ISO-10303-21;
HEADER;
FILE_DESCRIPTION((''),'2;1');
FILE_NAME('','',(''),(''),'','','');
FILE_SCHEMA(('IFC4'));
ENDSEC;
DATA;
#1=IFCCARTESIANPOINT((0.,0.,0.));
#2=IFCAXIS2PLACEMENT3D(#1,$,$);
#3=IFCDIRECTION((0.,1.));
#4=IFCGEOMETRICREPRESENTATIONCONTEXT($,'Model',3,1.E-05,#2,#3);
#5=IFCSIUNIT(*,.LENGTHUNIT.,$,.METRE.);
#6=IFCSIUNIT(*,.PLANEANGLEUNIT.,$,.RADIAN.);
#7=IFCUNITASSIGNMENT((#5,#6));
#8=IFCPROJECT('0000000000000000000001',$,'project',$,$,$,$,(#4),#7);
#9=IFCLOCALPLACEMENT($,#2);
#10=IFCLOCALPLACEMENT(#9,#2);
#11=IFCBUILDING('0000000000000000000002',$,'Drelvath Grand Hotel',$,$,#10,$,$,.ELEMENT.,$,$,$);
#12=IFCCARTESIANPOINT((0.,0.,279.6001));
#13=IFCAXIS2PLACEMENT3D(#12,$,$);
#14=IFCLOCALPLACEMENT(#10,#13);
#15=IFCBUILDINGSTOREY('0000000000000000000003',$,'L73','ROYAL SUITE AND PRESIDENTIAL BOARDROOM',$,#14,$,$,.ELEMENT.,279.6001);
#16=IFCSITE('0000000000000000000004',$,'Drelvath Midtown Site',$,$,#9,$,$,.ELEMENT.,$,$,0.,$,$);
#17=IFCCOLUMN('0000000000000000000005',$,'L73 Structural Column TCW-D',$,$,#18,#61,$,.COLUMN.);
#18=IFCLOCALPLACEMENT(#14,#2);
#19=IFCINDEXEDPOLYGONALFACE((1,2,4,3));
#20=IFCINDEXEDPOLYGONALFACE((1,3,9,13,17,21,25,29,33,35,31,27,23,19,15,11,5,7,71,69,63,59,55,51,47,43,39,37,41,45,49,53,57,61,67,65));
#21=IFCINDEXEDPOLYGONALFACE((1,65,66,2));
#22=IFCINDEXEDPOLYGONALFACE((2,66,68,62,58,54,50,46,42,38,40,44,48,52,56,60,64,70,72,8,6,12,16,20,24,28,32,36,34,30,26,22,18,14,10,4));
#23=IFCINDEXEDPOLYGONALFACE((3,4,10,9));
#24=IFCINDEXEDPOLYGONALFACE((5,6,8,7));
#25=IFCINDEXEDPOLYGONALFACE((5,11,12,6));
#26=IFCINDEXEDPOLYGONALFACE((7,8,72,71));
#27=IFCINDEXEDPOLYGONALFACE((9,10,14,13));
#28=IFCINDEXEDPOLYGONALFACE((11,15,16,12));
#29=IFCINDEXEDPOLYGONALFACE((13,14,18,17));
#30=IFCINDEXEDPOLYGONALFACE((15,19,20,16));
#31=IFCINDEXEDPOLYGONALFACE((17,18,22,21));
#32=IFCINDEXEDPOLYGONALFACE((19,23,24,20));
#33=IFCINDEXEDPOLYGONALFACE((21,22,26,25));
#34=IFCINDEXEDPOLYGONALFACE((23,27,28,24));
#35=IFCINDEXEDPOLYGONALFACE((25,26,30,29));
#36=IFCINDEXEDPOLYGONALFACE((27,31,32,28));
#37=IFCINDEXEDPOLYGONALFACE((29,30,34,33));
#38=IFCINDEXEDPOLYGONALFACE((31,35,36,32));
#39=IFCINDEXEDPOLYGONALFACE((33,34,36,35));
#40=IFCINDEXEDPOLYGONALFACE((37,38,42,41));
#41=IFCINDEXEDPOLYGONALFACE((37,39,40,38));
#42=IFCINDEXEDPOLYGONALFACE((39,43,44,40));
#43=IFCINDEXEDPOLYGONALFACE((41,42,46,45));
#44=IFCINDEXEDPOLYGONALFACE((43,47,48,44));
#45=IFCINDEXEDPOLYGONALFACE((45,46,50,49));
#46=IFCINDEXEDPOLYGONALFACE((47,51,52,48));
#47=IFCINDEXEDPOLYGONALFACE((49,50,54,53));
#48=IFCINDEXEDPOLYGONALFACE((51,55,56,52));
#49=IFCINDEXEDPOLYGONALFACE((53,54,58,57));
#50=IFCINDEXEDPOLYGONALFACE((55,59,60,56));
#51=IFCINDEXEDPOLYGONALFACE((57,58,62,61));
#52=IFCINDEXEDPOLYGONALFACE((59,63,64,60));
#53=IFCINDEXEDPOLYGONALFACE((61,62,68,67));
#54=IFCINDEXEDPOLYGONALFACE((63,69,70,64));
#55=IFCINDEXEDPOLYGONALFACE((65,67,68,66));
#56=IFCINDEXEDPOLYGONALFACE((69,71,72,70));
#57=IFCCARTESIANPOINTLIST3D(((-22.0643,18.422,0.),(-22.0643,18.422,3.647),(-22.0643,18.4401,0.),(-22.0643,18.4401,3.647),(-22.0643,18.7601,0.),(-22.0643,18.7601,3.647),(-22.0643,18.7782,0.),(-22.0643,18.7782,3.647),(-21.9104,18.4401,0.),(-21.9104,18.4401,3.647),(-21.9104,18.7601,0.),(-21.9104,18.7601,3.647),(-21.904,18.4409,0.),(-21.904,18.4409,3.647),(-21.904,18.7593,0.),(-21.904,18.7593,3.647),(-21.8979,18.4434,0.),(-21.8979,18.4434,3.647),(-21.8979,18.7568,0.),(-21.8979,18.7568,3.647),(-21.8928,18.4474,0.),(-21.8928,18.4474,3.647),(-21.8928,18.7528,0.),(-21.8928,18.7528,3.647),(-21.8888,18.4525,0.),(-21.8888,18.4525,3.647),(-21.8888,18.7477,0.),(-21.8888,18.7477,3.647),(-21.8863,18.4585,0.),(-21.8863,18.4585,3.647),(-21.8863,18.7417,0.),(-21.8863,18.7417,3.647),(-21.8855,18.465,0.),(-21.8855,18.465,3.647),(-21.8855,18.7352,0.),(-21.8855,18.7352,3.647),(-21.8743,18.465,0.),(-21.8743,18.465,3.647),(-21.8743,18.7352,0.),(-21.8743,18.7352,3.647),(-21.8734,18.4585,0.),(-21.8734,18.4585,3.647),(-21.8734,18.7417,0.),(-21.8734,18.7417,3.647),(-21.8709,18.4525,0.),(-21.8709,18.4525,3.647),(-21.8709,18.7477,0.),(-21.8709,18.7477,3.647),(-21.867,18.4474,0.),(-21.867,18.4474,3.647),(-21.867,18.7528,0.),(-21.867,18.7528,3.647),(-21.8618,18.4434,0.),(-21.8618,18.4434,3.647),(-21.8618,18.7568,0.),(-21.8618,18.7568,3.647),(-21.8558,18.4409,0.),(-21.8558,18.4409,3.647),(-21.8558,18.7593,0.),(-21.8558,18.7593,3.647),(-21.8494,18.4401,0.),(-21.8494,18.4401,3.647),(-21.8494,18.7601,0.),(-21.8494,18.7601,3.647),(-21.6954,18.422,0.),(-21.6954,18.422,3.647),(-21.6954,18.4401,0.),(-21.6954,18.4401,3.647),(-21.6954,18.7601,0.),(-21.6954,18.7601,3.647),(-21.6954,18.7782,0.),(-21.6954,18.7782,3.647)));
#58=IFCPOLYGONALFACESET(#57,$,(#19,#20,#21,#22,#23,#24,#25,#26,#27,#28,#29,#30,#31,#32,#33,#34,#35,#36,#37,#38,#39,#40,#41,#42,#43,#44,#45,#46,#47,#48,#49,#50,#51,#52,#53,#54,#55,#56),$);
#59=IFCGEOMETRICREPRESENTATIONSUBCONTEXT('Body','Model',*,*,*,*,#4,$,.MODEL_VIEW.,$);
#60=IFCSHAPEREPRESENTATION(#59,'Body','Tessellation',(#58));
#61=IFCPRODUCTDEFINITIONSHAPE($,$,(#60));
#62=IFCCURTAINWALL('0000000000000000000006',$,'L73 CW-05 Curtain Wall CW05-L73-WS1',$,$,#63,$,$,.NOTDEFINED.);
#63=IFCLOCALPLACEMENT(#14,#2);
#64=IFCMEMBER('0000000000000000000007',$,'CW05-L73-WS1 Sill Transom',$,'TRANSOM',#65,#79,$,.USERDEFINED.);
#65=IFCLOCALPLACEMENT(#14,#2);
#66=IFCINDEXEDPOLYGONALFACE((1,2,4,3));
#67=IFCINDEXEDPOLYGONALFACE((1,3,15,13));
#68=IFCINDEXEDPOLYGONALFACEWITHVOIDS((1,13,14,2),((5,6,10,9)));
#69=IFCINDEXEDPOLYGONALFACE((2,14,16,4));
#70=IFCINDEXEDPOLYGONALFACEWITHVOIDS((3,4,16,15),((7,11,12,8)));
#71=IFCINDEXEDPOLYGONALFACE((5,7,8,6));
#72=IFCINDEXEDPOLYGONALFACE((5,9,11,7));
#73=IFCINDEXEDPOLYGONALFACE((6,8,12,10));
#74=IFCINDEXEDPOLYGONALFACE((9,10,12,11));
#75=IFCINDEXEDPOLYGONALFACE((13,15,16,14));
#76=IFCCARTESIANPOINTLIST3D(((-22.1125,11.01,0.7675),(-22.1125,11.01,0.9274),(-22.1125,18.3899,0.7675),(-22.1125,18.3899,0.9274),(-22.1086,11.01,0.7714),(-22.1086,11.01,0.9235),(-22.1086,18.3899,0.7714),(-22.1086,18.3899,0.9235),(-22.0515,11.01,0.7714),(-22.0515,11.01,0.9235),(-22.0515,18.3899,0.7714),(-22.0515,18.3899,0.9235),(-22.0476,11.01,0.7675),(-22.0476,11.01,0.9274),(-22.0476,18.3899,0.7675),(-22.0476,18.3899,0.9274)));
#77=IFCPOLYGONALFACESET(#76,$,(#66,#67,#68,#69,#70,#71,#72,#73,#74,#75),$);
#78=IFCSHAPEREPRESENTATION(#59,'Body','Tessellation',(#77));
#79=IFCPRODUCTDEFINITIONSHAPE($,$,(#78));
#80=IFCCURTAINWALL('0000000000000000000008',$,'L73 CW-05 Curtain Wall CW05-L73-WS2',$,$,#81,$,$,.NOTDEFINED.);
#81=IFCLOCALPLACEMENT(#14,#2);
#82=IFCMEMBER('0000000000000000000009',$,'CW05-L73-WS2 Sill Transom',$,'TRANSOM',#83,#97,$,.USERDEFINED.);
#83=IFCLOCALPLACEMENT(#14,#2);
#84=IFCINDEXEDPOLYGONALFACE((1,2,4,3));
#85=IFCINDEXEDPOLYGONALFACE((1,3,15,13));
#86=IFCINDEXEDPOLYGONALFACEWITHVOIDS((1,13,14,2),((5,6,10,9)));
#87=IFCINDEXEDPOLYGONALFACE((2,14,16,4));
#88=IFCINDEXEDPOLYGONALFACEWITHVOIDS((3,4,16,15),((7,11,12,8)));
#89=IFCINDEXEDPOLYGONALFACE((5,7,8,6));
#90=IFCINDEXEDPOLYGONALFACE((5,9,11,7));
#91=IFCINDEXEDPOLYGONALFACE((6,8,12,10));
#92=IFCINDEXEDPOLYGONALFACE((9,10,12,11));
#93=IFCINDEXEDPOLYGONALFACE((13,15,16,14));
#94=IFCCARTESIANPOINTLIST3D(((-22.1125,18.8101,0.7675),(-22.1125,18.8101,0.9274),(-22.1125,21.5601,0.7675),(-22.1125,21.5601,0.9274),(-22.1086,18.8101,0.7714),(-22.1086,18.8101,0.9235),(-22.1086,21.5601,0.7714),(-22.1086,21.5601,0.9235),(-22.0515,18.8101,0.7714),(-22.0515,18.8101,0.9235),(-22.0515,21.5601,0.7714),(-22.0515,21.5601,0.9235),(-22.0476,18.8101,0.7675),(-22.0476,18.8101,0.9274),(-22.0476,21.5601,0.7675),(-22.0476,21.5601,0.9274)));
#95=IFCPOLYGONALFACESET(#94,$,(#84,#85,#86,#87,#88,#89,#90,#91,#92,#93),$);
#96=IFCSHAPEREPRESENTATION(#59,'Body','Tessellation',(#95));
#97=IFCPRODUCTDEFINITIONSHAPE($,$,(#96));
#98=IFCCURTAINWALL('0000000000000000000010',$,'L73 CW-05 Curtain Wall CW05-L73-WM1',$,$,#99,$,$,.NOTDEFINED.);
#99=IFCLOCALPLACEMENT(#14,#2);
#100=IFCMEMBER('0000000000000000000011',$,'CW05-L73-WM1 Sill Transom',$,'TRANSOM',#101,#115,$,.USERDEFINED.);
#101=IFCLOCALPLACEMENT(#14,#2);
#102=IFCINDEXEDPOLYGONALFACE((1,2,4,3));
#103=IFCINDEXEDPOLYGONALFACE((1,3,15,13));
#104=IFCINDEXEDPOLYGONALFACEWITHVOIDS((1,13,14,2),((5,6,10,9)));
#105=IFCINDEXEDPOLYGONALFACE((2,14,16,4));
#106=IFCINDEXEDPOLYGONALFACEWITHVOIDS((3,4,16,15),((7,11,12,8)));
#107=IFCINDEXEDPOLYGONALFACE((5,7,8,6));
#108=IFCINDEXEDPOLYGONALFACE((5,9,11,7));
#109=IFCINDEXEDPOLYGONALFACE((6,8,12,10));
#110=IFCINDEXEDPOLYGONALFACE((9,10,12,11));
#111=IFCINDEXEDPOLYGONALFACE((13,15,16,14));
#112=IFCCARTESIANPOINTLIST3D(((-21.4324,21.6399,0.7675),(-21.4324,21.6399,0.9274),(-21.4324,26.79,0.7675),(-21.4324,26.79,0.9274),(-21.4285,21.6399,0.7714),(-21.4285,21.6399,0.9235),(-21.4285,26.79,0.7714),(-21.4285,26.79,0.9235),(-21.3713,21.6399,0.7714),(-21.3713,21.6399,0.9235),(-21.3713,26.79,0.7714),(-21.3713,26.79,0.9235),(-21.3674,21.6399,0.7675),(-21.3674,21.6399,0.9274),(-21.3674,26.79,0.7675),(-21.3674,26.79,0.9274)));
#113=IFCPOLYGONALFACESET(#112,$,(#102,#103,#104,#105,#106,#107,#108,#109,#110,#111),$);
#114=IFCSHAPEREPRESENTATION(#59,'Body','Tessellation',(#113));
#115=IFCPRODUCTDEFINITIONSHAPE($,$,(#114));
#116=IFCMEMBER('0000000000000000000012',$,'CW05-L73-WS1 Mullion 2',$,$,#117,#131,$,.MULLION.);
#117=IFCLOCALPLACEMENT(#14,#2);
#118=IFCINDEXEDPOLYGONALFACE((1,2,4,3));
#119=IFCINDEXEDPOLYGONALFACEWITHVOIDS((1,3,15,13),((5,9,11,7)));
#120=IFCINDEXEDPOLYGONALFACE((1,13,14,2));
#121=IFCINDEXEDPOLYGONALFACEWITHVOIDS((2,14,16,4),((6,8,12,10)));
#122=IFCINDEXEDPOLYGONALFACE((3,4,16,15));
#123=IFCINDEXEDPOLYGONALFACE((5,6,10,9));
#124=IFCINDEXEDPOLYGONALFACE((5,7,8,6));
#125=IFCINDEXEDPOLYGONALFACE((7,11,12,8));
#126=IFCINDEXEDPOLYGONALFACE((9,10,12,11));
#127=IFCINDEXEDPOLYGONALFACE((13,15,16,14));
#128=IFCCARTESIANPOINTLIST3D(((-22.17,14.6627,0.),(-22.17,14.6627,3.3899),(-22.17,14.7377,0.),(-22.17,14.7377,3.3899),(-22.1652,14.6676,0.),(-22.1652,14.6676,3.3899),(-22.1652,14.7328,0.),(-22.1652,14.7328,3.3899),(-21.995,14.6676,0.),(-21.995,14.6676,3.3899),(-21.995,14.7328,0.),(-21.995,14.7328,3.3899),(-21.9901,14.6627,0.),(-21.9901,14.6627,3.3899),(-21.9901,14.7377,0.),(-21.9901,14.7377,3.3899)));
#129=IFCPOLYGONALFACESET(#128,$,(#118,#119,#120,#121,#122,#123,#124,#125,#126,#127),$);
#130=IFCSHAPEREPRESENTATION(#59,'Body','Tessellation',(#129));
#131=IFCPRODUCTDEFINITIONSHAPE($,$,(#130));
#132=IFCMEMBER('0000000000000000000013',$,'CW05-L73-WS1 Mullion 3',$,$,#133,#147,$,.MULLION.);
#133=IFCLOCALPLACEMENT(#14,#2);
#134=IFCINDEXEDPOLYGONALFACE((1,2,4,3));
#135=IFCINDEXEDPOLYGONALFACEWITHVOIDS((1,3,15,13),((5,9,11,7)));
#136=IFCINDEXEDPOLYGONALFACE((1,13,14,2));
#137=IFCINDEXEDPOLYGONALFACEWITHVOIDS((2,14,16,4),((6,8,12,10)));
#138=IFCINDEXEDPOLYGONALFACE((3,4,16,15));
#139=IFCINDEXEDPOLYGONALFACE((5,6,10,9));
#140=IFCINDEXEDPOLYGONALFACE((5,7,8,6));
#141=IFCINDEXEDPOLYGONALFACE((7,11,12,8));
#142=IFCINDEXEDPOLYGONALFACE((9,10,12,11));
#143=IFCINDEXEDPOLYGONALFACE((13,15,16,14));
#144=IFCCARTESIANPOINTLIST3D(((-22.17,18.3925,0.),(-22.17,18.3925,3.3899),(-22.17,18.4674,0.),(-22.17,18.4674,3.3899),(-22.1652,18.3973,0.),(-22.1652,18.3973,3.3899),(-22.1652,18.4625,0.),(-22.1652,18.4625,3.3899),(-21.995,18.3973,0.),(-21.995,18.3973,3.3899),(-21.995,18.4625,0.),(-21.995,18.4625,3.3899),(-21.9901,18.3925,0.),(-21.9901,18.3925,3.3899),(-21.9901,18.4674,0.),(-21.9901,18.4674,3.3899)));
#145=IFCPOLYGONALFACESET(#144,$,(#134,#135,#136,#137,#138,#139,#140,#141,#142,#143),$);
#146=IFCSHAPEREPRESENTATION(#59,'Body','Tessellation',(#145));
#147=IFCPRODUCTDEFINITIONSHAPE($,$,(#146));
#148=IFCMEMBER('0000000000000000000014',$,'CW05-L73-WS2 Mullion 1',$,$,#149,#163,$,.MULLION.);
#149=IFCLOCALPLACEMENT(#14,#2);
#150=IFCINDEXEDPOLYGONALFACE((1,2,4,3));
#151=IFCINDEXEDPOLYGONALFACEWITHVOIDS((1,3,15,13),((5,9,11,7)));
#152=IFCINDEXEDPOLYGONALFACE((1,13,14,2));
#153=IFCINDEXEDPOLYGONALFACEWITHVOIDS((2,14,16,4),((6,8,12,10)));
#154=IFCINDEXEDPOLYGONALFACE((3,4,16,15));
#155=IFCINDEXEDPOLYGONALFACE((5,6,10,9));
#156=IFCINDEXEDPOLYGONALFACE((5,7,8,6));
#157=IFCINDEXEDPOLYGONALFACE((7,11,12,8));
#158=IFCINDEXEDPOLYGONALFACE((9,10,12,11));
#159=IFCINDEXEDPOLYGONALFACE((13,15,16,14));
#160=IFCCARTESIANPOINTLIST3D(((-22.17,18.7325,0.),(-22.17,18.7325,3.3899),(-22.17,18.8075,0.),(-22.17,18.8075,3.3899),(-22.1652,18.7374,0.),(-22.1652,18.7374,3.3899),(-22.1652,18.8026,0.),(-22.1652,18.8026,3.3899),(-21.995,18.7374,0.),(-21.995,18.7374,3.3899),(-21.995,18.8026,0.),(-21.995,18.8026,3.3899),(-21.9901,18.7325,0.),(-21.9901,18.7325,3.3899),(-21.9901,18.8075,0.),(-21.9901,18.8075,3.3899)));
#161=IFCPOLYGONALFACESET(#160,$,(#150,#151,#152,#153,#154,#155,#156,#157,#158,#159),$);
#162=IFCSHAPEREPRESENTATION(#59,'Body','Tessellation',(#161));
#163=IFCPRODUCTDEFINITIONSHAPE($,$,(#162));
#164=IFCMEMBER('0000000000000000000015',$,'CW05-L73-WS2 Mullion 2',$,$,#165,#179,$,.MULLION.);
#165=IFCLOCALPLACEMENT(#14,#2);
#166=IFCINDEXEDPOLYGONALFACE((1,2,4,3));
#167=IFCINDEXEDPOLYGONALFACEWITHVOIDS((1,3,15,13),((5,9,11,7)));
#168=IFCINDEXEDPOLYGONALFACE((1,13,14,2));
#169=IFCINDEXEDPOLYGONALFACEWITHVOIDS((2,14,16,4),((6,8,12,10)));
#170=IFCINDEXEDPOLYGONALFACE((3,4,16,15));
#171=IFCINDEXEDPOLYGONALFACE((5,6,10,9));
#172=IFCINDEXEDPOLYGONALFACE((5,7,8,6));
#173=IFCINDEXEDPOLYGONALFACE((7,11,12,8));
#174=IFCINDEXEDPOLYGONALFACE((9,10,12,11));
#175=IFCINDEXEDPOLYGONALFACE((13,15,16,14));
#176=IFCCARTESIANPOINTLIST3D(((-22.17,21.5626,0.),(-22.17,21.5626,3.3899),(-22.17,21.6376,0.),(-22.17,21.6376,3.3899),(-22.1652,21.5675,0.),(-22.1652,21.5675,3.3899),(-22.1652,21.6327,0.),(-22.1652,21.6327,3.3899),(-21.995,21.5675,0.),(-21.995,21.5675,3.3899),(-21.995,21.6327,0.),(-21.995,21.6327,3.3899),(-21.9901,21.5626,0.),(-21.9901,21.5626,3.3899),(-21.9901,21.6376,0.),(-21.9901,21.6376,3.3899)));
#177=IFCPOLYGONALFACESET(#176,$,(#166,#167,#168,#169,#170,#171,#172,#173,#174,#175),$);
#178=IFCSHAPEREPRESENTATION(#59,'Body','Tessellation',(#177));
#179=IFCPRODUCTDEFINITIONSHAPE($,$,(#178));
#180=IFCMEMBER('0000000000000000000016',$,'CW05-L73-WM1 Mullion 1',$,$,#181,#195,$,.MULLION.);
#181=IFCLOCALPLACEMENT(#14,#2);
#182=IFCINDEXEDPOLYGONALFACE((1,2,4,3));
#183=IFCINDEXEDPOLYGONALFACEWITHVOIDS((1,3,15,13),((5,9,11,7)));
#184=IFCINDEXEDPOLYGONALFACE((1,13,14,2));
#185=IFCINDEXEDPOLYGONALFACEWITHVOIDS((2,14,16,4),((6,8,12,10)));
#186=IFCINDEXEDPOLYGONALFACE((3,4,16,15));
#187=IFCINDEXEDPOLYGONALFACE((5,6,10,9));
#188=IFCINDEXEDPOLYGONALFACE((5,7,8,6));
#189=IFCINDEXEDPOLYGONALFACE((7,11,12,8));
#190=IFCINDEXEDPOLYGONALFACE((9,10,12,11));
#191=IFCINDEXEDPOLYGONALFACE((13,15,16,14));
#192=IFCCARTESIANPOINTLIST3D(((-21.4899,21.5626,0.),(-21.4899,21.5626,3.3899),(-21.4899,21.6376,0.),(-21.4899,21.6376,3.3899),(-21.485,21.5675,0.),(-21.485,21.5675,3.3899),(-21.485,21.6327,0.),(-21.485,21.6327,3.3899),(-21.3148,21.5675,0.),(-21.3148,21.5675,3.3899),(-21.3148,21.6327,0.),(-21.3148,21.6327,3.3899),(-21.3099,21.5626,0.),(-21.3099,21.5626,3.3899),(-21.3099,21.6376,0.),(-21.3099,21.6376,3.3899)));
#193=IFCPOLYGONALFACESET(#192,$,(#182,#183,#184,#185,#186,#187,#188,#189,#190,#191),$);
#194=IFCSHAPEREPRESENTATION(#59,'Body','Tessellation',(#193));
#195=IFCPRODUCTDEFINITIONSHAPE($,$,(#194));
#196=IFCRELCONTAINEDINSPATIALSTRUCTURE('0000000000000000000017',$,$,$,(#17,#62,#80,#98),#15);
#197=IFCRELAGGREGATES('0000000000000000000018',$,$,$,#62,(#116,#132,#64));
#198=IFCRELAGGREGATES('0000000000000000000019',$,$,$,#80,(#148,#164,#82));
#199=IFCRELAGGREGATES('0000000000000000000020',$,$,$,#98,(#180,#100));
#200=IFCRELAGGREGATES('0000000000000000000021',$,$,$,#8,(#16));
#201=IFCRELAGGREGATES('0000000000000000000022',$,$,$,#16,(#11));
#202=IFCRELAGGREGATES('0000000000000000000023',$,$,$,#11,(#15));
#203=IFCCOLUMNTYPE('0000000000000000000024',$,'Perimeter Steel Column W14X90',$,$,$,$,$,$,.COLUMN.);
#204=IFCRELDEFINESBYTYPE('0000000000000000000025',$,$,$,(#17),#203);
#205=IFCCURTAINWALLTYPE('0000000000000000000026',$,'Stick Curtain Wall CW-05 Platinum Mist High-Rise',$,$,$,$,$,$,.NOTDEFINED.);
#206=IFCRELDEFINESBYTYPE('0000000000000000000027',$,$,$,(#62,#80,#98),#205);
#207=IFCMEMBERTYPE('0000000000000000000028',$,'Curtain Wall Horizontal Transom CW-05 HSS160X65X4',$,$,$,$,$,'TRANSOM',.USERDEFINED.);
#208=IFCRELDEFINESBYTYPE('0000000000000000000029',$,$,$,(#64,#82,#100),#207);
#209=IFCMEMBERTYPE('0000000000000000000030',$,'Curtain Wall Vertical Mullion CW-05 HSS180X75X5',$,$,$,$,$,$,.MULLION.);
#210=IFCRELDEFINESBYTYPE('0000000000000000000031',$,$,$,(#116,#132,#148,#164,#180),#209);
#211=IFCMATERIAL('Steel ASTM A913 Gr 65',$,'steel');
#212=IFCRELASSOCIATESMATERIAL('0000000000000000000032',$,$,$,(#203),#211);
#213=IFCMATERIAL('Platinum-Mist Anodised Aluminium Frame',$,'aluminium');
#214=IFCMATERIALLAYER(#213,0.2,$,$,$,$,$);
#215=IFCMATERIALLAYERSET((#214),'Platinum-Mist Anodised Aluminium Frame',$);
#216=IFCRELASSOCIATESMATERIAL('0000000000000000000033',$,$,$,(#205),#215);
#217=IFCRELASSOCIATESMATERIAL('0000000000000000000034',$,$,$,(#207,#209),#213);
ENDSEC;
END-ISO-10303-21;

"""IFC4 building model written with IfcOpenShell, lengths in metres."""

from ifc_helpers import new_model, si_unit, direction, frame, origin, origin_2d, place, context, subcontext, project, spatial, hollow_rectangle, i_section, extrude, material, layer, layer_set, material_profile, profile_set, type_object, element, aggregate, save


model = new_model("IFC4")

# Units and contexts
model_context = context("Model", 3, precision=1e-05, world=origin(), true_north=direction((0.0, 1.0)))
body_context = subcontext(model_context, "Body", "Model", "MODEL_VIEW")
ifc_project = project(units=[si_unit("LENGTHUNIT", "METRE"), si_unit("PLANEANGLEUNIT", "RADIAN")], contexts=[model_context])

# Site, building, storey
site_placement = place(None, origin())
site = spatial("IfcSite", under=ifc_project, at=site_placement, Name="Drelvath Midtown Site", CompositionType="ELEMENT", RefElevation=0.0)
building_placement = place(site_placement, origin())
building = spatial("IfcBuilding", under=site, at=building_placement, Name="Drelvath Grand Hotel", CompositionType="ELEMENT")
storey_placement = place(building_placement, frame((0.0, 0.0, 279.6001)))
storey = spatial("IfcBuildingStorey", under=building, at=storey_placement, Name="L73", Description="ROYAL SUITE AND PRESIDENTIAL BOARDROOM", CompositionType="ELEMENT", Elevation=279.6001)

# Column
ifc_material_1 = material(Name="Steel ASTM A913 Gr 65", Category="steel")
ifc_material_profile_1 = material_profile(ifc_material_1, i_section(OverallWidth=0.3689, OverallDepth=0.3562, WebThickness=0.0112, FlangeThickness=0.0181, FilletRadius=0.0249, at=origin_2d()), Name="W14X90")
ifc_profile_set_1 = profile_set([ifc_material_profile_1], Name="Steel ASTM A913 Gr 65")
column_type = type_object("IfcColumnType", Name="Perimeter Steel Column W14X90", PredefinedType="COLUMN", material=ifc_profile_set_1)
column_placement = place(storey_placement, frame((-21.8799, 18.6001, 0.0), z_axis=(0.0, 0.0, 1.0), x_axis=(1.0, 0.0, 0.0)))
element("IfcColumn", 1, at=column_placement, inside=storey, type_object=column_type, Name="L73 Structural Column TCW-D", PredefinedType="COLUMN", context=body_context, shape_type="SweptSolid", body=[
    extrude(i_section(OverallWidth=0.3689, OverallDepth=0.3562, WebThickness=0.0112, FlangeThickness=0.0181, FilletRadius=0.0249, at=origin_2d()), origin(), (0.0, 0.0, 1.0), 3.647),
])

# Curtain walls, members
ifc_material_2 = material(Name="Platinum-Mist Anodised Aluminium Frame", Category="aluminium")
ifc_layer_1 = layer(ifc_material_2, 0.2)
ifc_layer_set_1 = layer_set([ifc_layer_1], Name="Platinum-Mist Anodised Aluminium Frame")
curtain_wall_type = type_object("IfcCurtainWallType", Name="Stick Curtain Wall CW-05 Platinum Mist High-Rise", PredefinedType="NOTDEFINED", material=ifc_layer_set_1)
curtain_wall_1_placement = place(storey_placement, origin())
curtain_wall_1 = element("IfcCurtainWall", 2, at=curtain_wall_1_placement, inside=storey, type_object=curtain_wall_type, Name="L73 CW-05 Curtain Wall CW05-L73-WS1", PredefinedType="NOTDEFINED")
ifc_material_profile_2 = material_profile(ifc_material_2, hollow_rectangle(XDim=0.0649, YDim=0.1599, WallThickness=0.0039, at=origin_2d()), Name="HSS160X65X4")
ifc_profile_set_2 = profile_set([ifc_material_profile_2], Name="Platinum-Mist Anodised Aluminium Frame")
member_type_1 = type_object("IfcMemberType", Name="Curtain Wall Horizontal Transom CW-05 HSS160X65X4", ElementType="TRANSOM", PredefinedType="USERDEFINED", material=ifc_profile_set_2)
member_1_placement = place(storey_placement, frame((-22.0801, 11.01, 0.8474), z_axis=(0.0, 1.0, 0.0), x_axis=(-1.0, 0.0, 0.0)))
member_1 = element("IfcMember", 3, at=member_1_placement, type_object=member_type_1, Name="CW05-L73-WS1 Sill Transom", ObjectType="TRANSOM", PredefinedType="USERDEFINED", context=body_context, shape_type="SweptSolid", body=[
    extrude(hollow_rectangle(XDim=0.0649, YDim=0.1599, WallThickness=0.0039, at=origin_2d()), origin(), (0.0, 0.0, 1.0), 7.3799),
])
curtain_wall_2_placement = place(storey_placement, origin())
curtain_wall_2 = element("IfcCurtainWall", 4, at=curtain_wall_2_placement, inside=storey, type_object=curtain_wall_type, Name="L73 CW-05 Curtain Wall CW05-L73-WS2", PredefinedType="NOTDEFINED")
member_2_placement = place(storey_placement, frame((-22.0801, 18.8101, 0.8474), z_axis=(0.0, 1.0, 0.0), x_axis=(-1.0, 0.0, 0.0)))
member_2 = element("IfcMember", 5, at=member_2_placement, type_object=member_type_1, Name="CW05-L73-WS2 Sill Transom", ObjectType="TRANSOM", PredefinedType="USERDEFINED", context=body_context, shape_type="SweptSolid", body=[
    extrude(hollow_rectangle(XDim=0.0649, YDim=0.1599, WallThickness=0.0039, at=origin_2d()), origin(), (0.0, 0.0, 1.0), 2.75),
])
curtain_wall_3_placement = place(storey_placement, origin())
curtain_wall_3 = element("IfcCurtainWall", 6, at=curtain_wall_3_placement, inside=storey, type_object=curtain_wall_type, Name="L73 CW-05 Curtain Wall CW05-L73-WM1", PredefinedType="NOTDEFINED")
member_3_placement = place(storey_placement, frame((-21.3999, 21.6399, 0.8474), z_axis=(0.0, 1.0, 0.0), x_axis=(-1.0, 0.0, 0.0)))
member_3 = element("IfcMember", 7, at=member_3_placement, type_object=member_type_1, Name="CW05-L73-WM1 Sill Transom", ObjectType="TRANSOM", PredefinedType="USERDEFINED", context=body_context, shape_type="SweptSolid", body=[
    extrude(hollow_rectangle(XDim=0.0649, YDim=0.1599, WallThickness=0.0039, at=origin_2d()), origin(), (0.0, 0.0, 1.0), 5.1501),
])

# Members
ifc_material_profile_3 = material_profile(ifc_material_2, hollow_rectangle(XDim=0.075, YDim=0.1799, WallThickness=0.0049, at=origin_2d()), Name="HSS180X75X5")
ifc_profile_set_3 = profile_set([ifc_material_profile_3], Name="Platinum-Mist Anodised Aluminium Frame")
member_type_2 = type_object("IfcMemberType", Name="Curtain Wall Vertical Mullion CW-05 HSS180X75X5", PredefinedType="MULLION", material=ifc_profile_set_3)
member_4_placement = place(storey_placement, frame((-22.0801, 14.7002, 0.0), z_axis=(0.0, 0.0, 1.0), x_axis=(0.0, 1.0, 0.0)))
member_4 = element("IfcMember", 8, at=member_4_placement, type_object=member_type_2, Name="CW05-L73-WS1 Mullion 2", PredefinedType="MULLION", context=body_context, shape_type="SweptSolid", body=[
    extrude(hollow_rectangle(XDim=0.075, YDim=0.1799, WallThickness=0.0049, at=origin_2d()), origin(), (0.0, 0.0, 1.0), 3.3899),
])
member_5_placement = place(storey_placement, frame((-22.0801, 18.4299, 0.0), z_axis=(0.0, 0.0, 1.0), x_axis=(0.0, 1.0, 0.0)))
member_5 = element("IfcMember", 9, at=member_5_placement, type_object=member_type_2, Name="CW05-L73-WS1 Mullion 3", PredefinedType="MULLION", context=body_context, shape_type="SweptSolid", body=[
    extrude(hollow_rectangle(XDim=0.075, YDim=0.1799, WallThickness=0.0049, at=origin_2d()), origin(), (0.0, 0.0, 1.0), 3.3899),
])
member_6_placement = place(storey_placement, frame((-22.0801, 18.77, 0.0), z_axis=(0.0, 0.0, 1.0), x_axis=(0.0, 1.0, 0.0)))
member_6 = element("IfcMember", 10, at=member_6_placement, type_object=member_type_2, Name="CW05-L73-WS2 Mullion 1", PredefinedType="MULLION", context=body_context, shape_type="SweptSolid", body=[
    extrude(hollow_rectangle(XDim=0.075, YDim=0.1799, WallThickness=0.0049, at=origin_2d()), origin(), (0.0, 0.0, 1.0), 3.3899),
])
member_7_placement = place(storey_placement, frame((-22.0801, 21.6001, 0.0), z_axis=(0.0, 0.0, 1.0), x_axis=(0.0, 1.0, 0.0)))
member_7 = element("IfcMember", 11, at=member_7_placement, type_object=member_type_2, Name="CW05-L73-WS2 Mullion 2", PredefinedType="MULLION", context=body_context, shape_type="SweptSolid", body=[
    extrude(hollow_rectangle(XDim=0.075, YDim=0.1799, WallThickness=0.0049, at=origin_2d()), origin(), (0.0, 0.0, 1.0), 3.3899),
])
member_8_placement = place(storey_placement, frame((-21.3999, 21.6001, 0.0), z_axis=(0.0, 0.0, 1.0), x_axis=(0.0, 1.0, 0.0)))
member_8 = element("IfcMember", 12, at=member_8_placement, type_object=member_type_2, Name="CW05-L73-WM1 Mullion 1", PredefinedType="MULLION", context=body_context, shape_type="SweptSolid", body=[
    extrude(hollow_rectangle(XDim=0.075, YDim=0.1799, WallThickness=0.0049, at=origin_2d()), origin(), (0.0, 0.0, 1.0), 3.3899),
])

aggregate(curtain_wall_1, [member_4, member_5, member_1])
aggregate(curtain_wall_2, [member_6, member_7, member_2])
aggregate(curtain_wall_3, [member_8, member_3])

save(model, "model.ifc")
